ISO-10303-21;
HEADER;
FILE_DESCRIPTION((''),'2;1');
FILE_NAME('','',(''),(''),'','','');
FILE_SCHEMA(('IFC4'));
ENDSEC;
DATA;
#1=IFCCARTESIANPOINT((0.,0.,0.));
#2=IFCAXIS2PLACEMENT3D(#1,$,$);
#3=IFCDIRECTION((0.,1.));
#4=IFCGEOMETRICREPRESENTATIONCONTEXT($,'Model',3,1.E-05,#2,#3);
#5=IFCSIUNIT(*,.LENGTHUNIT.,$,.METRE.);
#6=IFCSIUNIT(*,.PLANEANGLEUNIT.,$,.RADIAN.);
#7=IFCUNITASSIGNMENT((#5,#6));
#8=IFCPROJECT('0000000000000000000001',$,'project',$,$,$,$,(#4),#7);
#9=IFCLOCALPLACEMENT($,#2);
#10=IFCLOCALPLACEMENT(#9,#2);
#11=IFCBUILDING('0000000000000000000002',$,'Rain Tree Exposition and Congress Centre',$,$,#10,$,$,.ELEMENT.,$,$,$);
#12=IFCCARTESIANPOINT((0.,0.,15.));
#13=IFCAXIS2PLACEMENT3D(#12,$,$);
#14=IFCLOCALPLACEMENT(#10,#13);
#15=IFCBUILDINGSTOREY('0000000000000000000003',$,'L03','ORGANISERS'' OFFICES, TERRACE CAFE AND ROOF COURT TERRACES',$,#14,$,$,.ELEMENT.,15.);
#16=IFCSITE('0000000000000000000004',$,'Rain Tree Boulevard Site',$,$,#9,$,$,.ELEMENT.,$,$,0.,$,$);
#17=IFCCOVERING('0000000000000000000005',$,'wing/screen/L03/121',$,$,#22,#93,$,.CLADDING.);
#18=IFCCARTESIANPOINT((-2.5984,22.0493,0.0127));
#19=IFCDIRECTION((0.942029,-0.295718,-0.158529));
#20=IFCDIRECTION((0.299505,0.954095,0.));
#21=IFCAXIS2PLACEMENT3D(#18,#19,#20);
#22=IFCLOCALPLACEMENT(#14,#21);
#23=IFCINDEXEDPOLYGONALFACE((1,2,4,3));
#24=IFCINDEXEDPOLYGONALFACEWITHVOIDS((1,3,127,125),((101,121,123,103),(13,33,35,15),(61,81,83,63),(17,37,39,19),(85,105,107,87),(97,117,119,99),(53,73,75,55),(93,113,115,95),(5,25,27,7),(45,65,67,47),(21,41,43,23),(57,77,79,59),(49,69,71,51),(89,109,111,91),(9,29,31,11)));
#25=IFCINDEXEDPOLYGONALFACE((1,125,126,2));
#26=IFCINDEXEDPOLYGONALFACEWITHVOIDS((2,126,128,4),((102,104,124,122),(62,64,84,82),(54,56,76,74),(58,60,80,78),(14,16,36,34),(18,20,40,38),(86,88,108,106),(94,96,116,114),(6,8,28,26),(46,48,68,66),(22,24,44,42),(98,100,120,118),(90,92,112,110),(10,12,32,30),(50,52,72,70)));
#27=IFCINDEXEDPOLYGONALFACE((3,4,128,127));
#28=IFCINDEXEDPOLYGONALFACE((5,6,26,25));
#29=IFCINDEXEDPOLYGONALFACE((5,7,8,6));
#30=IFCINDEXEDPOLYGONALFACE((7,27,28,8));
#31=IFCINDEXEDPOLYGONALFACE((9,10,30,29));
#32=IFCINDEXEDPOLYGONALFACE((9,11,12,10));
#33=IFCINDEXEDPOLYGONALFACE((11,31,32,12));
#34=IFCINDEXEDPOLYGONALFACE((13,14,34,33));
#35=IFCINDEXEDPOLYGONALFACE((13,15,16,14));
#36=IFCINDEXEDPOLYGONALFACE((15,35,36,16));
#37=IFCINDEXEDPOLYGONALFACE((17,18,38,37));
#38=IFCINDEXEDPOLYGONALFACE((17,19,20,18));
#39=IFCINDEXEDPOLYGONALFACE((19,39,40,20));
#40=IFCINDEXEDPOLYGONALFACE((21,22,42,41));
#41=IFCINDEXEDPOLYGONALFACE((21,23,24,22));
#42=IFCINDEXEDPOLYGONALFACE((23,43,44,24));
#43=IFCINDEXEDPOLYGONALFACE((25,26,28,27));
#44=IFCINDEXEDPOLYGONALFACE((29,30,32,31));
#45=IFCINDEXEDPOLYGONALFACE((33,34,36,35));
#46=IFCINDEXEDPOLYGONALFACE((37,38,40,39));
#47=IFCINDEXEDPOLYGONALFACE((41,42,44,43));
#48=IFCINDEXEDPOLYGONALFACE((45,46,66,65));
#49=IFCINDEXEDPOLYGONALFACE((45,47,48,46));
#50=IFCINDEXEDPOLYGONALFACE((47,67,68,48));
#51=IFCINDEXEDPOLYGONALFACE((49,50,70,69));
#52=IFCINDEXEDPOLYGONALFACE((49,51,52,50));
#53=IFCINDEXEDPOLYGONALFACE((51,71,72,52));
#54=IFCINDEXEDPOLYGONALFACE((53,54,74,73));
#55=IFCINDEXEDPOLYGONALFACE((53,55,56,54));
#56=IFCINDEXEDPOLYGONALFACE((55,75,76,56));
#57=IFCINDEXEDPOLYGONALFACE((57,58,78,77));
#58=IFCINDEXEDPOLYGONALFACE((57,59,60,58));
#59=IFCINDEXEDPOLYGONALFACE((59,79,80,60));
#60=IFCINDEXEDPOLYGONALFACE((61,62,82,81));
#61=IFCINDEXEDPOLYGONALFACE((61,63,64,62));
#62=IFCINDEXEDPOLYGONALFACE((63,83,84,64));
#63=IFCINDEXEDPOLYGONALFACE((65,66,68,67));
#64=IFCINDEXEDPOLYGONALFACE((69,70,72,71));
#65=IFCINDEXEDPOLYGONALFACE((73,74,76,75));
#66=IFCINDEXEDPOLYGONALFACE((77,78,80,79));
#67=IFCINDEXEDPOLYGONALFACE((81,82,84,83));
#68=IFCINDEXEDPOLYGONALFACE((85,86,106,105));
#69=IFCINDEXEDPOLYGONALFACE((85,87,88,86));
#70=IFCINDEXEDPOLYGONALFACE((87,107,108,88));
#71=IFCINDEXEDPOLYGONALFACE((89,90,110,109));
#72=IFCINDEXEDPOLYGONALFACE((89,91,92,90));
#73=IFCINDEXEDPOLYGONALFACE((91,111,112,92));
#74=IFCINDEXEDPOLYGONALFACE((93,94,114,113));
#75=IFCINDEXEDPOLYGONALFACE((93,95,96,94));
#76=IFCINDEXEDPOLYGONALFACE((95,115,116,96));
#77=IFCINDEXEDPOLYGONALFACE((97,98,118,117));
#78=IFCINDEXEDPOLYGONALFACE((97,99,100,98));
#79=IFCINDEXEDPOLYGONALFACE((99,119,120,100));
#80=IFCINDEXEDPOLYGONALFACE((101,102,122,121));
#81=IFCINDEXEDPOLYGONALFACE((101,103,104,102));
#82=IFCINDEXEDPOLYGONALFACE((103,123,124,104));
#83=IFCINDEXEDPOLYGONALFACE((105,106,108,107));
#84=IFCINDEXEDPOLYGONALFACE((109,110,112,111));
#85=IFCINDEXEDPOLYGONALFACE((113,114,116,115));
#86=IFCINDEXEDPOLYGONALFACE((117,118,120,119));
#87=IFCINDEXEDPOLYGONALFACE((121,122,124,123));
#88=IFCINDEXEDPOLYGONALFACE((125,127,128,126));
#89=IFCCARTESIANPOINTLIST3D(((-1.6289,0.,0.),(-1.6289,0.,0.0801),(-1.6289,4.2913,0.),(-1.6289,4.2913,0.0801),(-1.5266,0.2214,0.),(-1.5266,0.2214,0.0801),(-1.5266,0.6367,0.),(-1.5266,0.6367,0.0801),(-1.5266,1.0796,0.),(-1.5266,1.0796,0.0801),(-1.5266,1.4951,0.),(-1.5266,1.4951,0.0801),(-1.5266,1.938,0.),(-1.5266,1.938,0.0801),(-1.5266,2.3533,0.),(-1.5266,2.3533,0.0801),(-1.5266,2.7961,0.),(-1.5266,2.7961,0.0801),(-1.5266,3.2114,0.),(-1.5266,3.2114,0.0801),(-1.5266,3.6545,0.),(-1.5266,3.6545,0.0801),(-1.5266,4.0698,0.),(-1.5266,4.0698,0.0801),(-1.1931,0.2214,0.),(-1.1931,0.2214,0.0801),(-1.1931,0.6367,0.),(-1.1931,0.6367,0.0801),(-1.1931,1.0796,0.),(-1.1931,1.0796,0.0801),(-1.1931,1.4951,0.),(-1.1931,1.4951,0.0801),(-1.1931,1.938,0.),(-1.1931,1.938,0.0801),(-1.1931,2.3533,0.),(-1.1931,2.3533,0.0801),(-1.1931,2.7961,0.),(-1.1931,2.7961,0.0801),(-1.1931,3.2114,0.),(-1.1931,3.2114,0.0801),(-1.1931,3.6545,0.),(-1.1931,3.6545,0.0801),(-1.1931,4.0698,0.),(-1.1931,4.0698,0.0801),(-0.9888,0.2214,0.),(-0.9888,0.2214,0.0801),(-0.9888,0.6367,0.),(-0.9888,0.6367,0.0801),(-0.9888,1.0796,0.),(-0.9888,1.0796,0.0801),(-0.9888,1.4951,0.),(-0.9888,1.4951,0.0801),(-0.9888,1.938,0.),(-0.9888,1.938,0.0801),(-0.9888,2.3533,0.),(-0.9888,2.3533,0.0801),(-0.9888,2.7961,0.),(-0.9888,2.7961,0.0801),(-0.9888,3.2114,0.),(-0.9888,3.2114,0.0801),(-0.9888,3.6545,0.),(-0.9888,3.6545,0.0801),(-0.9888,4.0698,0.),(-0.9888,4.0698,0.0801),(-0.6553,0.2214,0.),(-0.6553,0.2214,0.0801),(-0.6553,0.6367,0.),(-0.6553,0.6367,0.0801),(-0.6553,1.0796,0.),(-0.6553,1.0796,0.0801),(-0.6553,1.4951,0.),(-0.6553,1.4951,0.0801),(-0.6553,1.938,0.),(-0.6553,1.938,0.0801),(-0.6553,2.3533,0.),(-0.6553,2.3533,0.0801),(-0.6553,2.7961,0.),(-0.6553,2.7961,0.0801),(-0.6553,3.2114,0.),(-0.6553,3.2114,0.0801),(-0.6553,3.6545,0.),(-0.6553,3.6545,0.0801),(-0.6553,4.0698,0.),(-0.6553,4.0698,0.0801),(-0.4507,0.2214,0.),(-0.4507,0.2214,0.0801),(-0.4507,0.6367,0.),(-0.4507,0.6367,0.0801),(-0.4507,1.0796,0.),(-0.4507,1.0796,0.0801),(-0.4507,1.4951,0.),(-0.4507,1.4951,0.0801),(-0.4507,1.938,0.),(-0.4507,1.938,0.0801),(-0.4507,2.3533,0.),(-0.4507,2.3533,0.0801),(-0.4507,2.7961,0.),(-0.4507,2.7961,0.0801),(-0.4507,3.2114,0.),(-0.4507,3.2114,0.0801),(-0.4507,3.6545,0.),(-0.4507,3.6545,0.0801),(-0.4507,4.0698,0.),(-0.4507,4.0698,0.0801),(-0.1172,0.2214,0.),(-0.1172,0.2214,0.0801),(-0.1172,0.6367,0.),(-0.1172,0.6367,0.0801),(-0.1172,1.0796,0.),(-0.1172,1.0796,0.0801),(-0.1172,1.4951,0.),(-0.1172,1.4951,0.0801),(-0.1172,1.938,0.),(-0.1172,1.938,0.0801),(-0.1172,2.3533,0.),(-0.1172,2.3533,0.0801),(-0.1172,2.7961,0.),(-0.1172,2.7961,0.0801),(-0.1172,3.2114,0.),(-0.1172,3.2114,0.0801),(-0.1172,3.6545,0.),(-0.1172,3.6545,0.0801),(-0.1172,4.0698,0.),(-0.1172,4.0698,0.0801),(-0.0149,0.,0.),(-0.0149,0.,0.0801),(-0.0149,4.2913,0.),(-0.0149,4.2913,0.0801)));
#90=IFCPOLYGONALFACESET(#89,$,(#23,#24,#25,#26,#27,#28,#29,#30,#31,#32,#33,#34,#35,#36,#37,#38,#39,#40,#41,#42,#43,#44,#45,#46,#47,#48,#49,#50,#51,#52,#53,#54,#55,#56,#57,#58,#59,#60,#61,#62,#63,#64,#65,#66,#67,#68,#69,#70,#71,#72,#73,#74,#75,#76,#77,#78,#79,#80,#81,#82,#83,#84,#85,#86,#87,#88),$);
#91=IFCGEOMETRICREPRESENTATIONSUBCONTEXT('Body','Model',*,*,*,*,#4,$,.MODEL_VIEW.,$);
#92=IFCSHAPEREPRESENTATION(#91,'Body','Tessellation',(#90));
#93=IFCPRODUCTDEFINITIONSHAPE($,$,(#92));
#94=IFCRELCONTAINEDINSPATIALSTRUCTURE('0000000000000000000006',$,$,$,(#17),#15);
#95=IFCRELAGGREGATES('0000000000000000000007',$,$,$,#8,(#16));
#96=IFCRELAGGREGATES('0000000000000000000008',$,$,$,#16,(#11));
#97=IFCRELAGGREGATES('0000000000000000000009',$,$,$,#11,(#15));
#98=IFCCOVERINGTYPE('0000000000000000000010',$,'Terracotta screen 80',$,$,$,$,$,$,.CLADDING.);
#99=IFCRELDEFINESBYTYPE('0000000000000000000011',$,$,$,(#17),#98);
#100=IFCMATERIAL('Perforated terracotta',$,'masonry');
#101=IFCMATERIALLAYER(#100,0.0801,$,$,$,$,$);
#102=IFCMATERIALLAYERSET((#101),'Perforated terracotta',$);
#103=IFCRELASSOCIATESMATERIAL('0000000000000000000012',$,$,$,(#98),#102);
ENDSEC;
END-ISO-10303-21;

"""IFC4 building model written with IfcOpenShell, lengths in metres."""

from ifc_helpers import new_model, si_unit, direction, frame, origin, place, context, subcontext, project, spatial, polyline, outline, extrude, material, layer, layer_set, type_object, element, save


model = new_model("IFC4")

# Units and contexts
model_context = context("Model", 3, precision=1e-05, world=origin(), true_north=direction((0.0, 1.0)))
body_context = subcontext(model_context, "Body", "Model", "MODEL_VIEW")
ifc_project = project(units=[si_unit("LENGTHUNIT", "METRE"), si_unit("PLANEANGLEUNIT", "RADIAN")], contexts=[model_context])

# Site, building, storey
site_placement = place(None, origin())
site = spatial("IfcSite", under=ifc_project, at=site_placement, Name="Rain Tree Boulevard Site", CompositionType="ELEMENT", RefElevation=0.0)
building_placement = place(site_placement, origin())
building = spatial("IfcBuilding", under=site, at=building_placement, Name="Rain Tree Exposition and Congress Centre", CompositionType="ELEMENT")
storey_placement = place(building_placement, frame((0.0, 0.0, 15.0)))
storey = spatial("IfcBuildingStorey", under=building, at=storey_placement, Name="L03", Description="ORGANISERS' OFFICES, TERRACE CAFE AND ROOF COURT TERRACES", CompositionType="ELEMENT", Elevation=15.0)

# Covering
ifc_material_1 = material(Name="Perforated terracotta", Category="masonry")
ifc_layer_1 = layer(ifc_material_1, 0.0801)
ifc_layer_set_1 = layer_set([ifc_layer_1], Name="Perforated terracotta")
covering_type = type_object("IfcCoveringType", Name="Terracotta screen 80", PredefinedType="CLADDING", material=ifc_layer_set_1)
covering_1_placement = place(storey_placement, frame((-2.5984, 22.0493, 0.0127), z_axis=(0.942029, -0.295718, -0.158529), x_axis=(0.299505, 0.954095, 0.0)))
element("IfcCovering", 1, at=covering_1_placement, inside=storey, type_object=covering_type, Name="wing/screen/L03/121", PredefinedType="CLADDING", context=body_context, shape_type="SweptSolid", body=[
    extrude(outline(polyline([(-1.6289, 0.0), (-1.6289, 4.2913), (-0.0149, 4.2913), (-0.0149, 0.0), (-1.6289, 0.0)]), holes=[polyline([(-0.1172, 0.2214), (-0.1172, 0.6367), (-0.4507, 0.6367), (-0.4507, 0.2214), (-0.1172, 0.2214)]), polyline([(-0.1172, 1.0796), (-0.1172, 1.4951), (-0.4507, 1.4951), (-0.4507, 1.0796), (-0.1172, 1.0796)]), polyline([(-0.1172, 1.938), (-0.1172, 2.3533), (-0.4507, 2.3533), (-0.4507, 1.938), (-0.1172, 1.938)]), polyline([(-0.1172, 2.7961), (-0.1172, 3.2114), (-0.4507, 3.2114), (-0.4507, 2.7961), (-0.1172, 2.7961)]), polyline([(-0.1172, 3.6545), (-0.1172, 4.0698), (-0.4507, 4.0698), (-0.4507, 3.6545), (-0.1172, 3.6545)]), polyline([(-0.6553, 0.2214), (-0.6553, 0.6367), (-0.9888, 0.6367), (-0.9888, 0.2214), (-0.6553, 0.2214)]), polyline([(-0.6553, 1.0796), (-0.6553, 1.4951), (-0.9888, 1.4951), (-0.9888, 1.0796), (-0.6553, 1.0796)]), polyline([(-0.6553, 1.938), (-0.6553, 2.3533), (-0.9888, 2.3533), (-0.9888, 1.938), (-0.6553, 1.938)]), polyline([(-0.6553, 2.7961), (-0.6553, 3.2114), (-0.9888, 3.2114), (-0.9888, 2.7961), (-0.6553, 2.7961)]), polyline([(-0.6553, 3.6545), (-0.6553, 4.0698), (-0.9888, 4.0698), (-0.9888, 3.6545), (-0.6553, 3.6545)]), polyline([(-1.1931, 0.2214), (-1.1931, 0.6367), (-1.5266, 0.6367), (-1.5266, 0.2214), (-1.1931, 0.2214)]), polyline([(-1.1931, 1.0796), (-1.1931, 1.4951), (-1.5266, 1.4951), (-1.5266, 1.0796), (-1.1931, 1.0796)]), polyline([(-1.1931, 1.938), (-1.1931, 2.3533), (-1.5266, 2.3533), (-1.5266, 1.938), (-1.1931, 1.938)]), polyline([(-1.1931, 2.7961), (-1.1931, 3.2114), (-1.5266, 3.2114), (-1.5266, 2.7961), (-1.1931, 2.7961)]), polyline([(-1.1931, 3.6545), (-1.1931, 4.0698), (-1.5266, 4.0698), (-1.5266, 3.6545), (-1.1931, 3.6545)])]), origin(), (0.0, 0.0, 1.0), 0.0801),
])

save(model, "model.ifc")
